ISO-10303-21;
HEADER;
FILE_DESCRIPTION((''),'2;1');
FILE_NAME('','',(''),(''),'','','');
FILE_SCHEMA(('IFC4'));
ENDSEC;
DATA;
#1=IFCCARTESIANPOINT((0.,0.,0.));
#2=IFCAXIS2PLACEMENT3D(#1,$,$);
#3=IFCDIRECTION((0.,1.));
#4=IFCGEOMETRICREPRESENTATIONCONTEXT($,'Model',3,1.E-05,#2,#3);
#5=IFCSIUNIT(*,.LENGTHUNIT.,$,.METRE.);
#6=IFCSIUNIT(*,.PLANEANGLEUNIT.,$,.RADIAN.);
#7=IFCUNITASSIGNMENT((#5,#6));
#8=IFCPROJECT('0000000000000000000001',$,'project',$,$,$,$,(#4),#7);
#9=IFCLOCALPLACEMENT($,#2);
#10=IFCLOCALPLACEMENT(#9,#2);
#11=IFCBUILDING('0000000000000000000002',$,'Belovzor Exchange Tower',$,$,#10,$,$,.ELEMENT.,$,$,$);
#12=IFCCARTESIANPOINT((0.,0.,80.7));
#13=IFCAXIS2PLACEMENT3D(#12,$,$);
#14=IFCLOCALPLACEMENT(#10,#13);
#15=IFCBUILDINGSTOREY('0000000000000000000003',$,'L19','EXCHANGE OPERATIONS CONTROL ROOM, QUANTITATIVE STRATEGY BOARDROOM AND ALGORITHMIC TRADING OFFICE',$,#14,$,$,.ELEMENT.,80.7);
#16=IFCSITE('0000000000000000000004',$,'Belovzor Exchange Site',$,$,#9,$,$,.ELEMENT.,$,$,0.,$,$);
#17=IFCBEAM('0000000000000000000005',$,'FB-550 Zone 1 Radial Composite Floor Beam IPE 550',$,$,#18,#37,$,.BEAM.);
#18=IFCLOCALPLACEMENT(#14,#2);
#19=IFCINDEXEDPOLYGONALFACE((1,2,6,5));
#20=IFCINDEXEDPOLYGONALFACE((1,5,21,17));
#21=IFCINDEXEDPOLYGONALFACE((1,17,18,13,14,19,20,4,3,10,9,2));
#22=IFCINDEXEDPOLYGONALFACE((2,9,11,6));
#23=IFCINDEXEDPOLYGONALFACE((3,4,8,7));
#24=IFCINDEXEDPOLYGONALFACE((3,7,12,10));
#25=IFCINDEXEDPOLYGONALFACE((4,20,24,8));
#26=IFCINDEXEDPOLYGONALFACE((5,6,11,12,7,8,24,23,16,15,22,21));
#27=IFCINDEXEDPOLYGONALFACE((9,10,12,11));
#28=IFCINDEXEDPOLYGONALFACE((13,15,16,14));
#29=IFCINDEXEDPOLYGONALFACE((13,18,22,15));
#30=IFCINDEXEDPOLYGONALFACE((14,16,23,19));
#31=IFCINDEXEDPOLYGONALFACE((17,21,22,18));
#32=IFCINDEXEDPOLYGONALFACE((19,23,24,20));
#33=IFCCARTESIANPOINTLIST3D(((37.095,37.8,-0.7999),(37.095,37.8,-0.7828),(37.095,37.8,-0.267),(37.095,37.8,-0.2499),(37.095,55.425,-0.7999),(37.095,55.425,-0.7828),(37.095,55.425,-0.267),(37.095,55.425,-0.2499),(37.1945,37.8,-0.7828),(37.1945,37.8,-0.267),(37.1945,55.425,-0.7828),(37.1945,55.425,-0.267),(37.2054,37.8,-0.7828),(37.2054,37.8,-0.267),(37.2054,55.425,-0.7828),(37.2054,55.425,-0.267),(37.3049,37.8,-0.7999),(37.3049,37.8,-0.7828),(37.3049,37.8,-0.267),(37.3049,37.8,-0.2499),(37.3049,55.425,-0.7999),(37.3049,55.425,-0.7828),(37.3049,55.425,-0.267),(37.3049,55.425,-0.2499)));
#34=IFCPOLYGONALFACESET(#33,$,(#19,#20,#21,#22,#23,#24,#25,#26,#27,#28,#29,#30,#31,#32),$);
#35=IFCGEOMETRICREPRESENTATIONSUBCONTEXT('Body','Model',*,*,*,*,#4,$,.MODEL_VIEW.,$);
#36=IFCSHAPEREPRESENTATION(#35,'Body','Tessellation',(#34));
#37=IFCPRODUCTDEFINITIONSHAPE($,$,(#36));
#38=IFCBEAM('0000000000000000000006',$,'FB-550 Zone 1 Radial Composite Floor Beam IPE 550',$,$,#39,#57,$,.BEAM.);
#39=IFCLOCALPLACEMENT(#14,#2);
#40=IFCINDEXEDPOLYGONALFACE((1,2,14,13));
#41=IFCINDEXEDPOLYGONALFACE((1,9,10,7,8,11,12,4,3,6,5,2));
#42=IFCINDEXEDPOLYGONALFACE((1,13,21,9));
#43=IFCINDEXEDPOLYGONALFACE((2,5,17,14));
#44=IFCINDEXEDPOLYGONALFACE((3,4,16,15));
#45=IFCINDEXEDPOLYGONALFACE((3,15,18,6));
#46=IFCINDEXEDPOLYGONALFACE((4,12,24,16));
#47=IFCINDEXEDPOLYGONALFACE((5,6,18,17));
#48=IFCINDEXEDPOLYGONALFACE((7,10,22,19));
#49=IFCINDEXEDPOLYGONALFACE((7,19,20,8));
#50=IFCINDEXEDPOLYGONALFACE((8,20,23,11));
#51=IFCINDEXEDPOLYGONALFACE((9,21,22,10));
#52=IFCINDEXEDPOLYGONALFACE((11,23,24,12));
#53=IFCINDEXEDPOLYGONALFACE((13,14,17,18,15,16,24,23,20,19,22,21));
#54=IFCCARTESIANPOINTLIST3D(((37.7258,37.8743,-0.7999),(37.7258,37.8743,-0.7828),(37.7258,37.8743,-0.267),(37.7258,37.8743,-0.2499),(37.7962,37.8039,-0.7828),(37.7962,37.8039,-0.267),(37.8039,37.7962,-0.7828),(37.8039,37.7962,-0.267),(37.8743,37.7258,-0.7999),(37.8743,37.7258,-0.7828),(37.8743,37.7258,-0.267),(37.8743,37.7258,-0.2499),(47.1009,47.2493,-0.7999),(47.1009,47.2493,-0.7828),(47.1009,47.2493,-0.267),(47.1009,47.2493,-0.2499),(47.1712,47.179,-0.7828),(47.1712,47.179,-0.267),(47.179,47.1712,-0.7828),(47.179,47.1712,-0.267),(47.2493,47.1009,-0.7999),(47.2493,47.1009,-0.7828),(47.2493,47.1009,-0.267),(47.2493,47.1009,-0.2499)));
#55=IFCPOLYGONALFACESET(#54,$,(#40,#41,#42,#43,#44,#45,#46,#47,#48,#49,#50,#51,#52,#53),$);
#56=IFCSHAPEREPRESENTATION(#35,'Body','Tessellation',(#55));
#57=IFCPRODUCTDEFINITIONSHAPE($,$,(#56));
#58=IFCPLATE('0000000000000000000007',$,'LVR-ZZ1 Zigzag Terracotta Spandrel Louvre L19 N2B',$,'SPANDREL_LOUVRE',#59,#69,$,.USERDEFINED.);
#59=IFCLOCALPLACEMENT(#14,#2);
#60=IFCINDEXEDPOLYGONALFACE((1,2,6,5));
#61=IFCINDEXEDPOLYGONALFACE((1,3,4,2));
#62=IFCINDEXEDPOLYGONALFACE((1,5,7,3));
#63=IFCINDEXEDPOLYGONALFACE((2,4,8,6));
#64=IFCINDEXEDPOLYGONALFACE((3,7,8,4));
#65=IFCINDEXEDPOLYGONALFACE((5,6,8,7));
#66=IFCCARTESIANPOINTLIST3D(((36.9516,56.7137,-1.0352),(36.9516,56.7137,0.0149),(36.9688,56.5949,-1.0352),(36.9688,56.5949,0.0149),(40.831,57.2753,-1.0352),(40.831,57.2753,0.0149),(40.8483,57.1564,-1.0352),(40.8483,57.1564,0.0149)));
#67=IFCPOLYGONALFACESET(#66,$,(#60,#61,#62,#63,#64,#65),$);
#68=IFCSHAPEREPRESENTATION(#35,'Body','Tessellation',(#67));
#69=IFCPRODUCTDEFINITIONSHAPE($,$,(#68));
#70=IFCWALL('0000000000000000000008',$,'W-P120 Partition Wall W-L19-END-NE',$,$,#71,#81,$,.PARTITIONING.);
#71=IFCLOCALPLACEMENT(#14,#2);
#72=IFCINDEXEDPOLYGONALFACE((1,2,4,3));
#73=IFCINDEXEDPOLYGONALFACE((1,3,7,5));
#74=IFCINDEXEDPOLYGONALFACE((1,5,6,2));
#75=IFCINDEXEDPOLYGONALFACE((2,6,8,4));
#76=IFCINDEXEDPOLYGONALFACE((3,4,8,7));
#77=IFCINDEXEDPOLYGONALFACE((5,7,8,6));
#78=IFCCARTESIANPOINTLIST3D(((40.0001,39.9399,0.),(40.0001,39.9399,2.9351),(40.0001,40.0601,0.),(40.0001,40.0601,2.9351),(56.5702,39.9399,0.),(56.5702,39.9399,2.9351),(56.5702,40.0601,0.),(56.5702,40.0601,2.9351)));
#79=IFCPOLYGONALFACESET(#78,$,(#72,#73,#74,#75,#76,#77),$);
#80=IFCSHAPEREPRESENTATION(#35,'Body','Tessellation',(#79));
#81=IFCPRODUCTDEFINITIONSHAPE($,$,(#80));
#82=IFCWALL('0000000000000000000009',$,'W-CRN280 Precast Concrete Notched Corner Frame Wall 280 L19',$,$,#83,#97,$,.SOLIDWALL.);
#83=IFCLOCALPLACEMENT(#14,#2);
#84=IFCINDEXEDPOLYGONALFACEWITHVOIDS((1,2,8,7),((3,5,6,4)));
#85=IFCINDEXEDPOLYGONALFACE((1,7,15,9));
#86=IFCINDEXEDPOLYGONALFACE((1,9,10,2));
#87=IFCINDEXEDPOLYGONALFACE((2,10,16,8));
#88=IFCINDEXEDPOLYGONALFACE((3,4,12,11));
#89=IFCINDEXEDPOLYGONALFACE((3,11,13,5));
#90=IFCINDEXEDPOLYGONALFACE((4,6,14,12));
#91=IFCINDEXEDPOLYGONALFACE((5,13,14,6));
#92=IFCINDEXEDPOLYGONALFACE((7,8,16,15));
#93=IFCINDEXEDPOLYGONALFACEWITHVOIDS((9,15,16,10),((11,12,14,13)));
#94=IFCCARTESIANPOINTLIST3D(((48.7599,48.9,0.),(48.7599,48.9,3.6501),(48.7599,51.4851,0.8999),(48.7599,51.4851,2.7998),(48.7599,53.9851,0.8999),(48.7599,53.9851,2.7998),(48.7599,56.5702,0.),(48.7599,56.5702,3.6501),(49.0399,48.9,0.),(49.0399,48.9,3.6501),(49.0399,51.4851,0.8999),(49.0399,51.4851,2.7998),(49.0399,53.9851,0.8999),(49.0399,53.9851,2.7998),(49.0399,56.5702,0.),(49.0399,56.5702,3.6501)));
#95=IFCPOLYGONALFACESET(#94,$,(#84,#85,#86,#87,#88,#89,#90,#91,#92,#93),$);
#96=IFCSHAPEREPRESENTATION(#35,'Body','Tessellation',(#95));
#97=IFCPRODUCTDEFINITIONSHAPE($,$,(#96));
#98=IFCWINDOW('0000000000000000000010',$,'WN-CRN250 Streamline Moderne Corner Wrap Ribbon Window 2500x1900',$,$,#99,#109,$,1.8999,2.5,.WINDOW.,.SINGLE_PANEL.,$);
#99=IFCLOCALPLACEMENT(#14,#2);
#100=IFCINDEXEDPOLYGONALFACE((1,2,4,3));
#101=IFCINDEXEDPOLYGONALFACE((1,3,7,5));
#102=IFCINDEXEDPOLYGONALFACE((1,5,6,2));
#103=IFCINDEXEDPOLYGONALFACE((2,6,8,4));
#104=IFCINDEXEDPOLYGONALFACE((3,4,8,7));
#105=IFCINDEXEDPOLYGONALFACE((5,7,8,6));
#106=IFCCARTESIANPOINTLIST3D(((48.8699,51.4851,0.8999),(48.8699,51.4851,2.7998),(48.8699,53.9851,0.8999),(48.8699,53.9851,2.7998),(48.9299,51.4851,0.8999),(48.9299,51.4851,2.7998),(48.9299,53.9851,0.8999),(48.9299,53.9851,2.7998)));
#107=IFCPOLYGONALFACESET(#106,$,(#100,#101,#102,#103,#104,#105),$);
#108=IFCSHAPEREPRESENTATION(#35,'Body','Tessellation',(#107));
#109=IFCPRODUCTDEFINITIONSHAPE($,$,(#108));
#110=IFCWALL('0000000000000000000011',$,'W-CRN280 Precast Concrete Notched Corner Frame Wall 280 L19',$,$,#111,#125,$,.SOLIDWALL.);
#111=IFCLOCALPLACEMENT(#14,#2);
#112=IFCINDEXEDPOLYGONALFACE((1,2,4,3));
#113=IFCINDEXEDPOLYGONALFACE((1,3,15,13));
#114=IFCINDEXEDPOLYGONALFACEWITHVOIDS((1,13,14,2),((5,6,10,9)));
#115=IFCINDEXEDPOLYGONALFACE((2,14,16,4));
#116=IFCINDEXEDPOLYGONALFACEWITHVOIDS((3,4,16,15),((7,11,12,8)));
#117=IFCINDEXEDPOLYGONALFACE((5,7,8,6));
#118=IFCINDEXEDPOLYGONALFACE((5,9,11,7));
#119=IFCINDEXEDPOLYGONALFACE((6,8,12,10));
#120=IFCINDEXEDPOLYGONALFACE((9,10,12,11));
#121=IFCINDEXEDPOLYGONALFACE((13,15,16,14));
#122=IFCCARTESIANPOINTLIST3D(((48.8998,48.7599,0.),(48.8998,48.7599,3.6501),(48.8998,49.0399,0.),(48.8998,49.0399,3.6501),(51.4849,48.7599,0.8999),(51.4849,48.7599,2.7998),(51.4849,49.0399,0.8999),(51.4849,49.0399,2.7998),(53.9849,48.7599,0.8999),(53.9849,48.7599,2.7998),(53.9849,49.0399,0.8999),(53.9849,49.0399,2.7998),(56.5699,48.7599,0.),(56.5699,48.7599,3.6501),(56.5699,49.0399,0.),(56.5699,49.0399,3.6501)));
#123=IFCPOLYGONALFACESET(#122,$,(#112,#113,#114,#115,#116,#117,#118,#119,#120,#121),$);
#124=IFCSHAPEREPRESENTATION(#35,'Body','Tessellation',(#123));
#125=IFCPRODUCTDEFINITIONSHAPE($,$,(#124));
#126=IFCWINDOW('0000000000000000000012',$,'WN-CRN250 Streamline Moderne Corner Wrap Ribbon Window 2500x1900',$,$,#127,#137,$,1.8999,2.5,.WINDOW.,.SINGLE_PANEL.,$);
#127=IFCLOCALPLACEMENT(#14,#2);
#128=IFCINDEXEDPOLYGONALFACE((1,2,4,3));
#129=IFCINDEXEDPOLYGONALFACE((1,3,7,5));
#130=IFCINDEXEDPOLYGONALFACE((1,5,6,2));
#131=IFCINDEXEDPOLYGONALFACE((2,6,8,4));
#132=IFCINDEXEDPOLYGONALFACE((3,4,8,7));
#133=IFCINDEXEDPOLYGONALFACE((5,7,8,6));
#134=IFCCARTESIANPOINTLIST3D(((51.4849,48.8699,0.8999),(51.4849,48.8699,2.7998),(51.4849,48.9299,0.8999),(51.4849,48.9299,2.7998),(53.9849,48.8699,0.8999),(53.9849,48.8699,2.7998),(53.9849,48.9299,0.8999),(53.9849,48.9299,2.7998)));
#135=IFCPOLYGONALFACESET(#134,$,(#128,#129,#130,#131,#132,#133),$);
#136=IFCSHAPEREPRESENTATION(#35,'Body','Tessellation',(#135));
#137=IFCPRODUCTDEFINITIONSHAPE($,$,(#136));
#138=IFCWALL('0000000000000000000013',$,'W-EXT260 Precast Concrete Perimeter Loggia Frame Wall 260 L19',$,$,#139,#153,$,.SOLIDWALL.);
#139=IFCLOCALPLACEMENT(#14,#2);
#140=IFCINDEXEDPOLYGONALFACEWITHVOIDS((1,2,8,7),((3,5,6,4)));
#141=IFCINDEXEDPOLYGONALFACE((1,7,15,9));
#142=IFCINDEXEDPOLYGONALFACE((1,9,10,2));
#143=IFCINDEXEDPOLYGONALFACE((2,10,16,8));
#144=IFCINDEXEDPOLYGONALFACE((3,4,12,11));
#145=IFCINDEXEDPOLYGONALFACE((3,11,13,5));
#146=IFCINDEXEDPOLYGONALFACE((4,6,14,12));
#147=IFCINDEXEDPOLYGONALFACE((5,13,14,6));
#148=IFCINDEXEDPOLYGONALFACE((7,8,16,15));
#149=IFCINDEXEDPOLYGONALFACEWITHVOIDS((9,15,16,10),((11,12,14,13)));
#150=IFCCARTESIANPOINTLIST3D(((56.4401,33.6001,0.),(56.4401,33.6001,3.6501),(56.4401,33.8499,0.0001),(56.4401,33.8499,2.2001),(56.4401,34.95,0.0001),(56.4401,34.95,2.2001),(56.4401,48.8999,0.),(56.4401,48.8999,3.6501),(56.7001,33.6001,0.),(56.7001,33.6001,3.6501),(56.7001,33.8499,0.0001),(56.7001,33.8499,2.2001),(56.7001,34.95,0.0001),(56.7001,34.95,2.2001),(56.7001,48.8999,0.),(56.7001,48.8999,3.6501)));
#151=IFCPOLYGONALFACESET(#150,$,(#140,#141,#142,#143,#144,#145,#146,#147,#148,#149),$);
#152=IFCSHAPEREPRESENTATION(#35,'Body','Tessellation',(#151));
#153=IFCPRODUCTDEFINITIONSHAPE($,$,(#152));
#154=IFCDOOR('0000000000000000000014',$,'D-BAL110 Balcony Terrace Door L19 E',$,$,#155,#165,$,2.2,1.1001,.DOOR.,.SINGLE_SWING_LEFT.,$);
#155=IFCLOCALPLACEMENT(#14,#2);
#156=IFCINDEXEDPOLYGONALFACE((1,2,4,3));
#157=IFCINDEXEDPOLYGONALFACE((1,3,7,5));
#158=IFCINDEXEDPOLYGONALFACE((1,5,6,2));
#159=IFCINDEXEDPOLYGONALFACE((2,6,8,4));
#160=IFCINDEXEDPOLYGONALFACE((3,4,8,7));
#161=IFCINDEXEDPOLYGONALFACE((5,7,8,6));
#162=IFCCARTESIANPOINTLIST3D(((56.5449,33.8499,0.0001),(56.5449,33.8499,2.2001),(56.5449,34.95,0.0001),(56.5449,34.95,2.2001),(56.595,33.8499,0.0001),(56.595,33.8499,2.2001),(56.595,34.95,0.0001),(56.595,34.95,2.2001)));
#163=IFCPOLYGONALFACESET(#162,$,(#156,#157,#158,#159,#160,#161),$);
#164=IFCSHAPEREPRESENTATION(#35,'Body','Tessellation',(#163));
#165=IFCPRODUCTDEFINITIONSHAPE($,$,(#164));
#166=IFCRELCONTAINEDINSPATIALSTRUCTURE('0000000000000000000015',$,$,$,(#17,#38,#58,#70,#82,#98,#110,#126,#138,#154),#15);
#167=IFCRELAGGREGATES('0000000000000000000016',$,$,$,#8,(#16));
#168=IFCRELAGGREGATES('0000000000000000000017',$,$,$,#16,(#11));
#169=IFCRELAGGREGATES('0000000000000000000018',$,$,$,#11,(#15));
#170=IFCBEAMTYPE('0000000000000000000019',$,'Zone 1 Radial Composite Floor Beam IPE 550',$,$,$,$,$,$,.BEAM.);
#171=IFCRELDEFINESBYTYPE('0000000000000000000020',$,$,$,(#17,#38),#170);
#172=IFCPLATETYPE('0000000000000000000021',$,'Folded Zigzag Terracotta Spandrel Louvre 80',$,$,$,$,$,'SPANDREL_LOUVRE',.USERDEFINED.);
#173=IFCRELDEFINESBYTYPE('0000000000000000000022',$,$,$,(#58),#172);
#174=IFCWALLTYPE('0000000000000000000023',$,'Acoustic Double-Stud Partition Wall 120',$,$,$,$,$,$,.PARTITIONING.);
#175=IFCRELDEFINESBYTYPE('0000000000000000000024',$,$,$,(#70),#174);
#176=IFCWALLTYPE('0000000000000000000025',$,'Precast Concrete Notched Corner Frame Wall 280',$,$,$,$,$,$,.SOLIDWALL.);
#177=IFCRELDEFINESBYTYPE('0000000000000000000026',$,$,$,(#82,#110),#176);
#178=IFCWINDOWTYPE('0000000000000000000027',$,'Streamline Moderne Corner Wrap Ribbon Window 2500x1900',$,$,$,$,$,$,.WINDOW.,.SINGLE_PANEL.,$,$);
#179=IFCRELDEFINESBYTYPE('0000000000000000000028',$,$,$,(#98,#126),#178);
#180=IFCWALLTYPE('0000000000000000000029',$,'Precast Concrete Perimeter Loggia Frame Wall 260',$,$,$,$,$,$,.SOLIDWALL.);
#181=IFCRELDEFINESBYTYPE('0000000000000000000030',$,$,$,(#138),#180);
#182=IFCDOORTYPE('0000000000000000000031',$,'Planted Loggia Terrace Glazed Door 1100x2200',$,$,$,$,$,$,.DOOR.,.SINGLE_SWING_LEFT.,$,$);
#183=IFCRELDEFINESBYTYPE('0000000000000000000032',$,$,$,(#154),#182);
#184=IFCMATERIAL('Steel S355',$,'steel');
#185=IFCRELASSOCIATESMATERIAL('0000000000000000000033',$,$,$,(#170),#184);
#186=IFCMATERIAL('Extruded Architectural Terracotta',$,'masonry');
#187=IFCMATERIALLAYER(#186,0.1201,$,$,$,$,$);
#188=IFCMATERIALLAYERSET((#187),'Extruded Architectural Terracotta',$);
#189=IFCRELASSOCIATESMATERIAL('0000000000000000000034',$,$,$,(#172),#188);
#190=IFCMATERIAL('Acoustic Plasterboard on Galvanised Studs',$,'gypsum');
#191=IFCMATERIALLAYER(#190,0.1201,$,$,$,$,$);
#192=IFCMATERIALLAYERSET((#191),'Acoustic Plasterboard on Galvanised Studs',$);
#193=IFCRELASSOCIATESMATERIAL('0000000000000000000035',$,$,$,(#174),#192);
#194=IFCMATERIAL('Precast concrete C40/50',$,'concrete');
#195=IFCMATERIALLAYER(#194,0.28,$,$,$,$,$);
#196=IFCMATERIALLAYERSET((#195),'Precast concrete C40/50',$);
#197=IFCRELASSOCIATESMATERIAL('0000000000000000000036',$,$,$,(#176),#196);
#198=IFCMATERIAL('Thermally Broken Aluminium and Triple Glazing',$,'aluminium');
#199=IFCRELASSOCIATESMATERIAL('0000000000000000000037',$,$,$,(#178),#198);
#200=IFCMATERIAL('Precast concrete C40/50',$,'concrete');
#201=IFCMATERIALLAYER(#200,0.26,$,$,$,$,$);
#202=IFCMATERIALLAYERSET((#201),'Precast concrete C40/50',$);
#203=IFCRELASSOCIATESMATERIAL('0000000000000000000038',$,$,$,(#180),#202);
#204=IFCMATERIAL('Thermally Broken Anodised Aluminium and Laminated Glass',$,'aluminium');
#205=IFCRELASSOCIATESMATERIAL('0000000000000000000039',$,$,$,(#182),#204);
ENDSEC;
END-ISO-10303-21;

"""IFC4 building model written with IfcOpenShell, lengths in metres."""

from ifc_helpers import new_model, si_unit, direction, frame, frame_2d, origin, origin_2d, place, context, subcontext, project, spatial, rectangle, i_section, extrude, material, layer, layer_set, material_profile, profile_set, type_object, element, fill, save


model = new_model("IFC4")

# Units and contexts
model_context = context("Model", 3, precision=1e-05, world=origin(), true_north=direction((0.0, 1.0)))
body_context = subcontext(model_context, "Body", "Model", "MODEL_VIEW")
ifc_project = project(units=[si_unit("LENGTHUNIT", "METRE"), si_unit("PLANEANGLEUNIT", "RADIAN")], contexts=[model_context])

# Site, building, storey
site_placement = place(None, origin())
site = spatial("IfcSite", under=ifc_project, at=site_placement, Name="Belovzor Exchange Site", CompositionType="ELEMENT", RefElevation=0.0)
building_placement = place(site_placement, origin())
building = spatial("IfcBuilding", under=site, at=building_placement, Name="Belovzor Exchange Tower", CompositionType="ELEMENT")
storey_placement = place(building_placement, frame((0.0, 0.0, 80.7)))
storey = spatial("IfcBuildingStorey", under=building, at=storey_placement, Name="L19", Description="EXCHANGE OPERATIONS CONTROL ROOM, QUANTITATIVE STRATEGY BOARDROOM AND ALGORITHMIC TRADING OFFICE", CompositionType="ELEMENT", Elevation=80.7)

# Beams
ifc_material_1 = material(Name="Steel S355", Category="steel")
ifc_material_profile_1 = material_profile(ifc_material_1, i_section(OverallWidth=0.21, OverallDepth=0.55, WebThickness=0.011, FlangeThickness=0.0171, at=origin_2d()))
ifc_profile_set_1 = profile_set([ifc_material_profile_1], Name="Steel S355")
beam_type_1 = type_object("IfcBeamType", Name="Zone 1 Radial Composite Floor Beam IPE 550", PredefinedType="BEAM", material=ifc_profile_set_1)
beam_1_placement = place(storey_placement, frame((37.2, 37.8, -0.5249), z_axis=(0.0, 1.0, 0.0), x_axis=(-1.0, 0.0, 0.0)))
element("IfcBeam", 1, at=beam_1_placement, inside=storey, type_object=beam_type_1, Name="FB-550 Zone 1 Radial Composite Floor Beam IPE 550", PredefinedType="BEAM", context=body_context, shape_type="SweptSolid", body=[
    extrude(i_section(OverallWidth=0.21, OverallDepth=0.55, WebThickness=0.011, FlangeThickness=0.0171, at=origin_2d()), origin(), (0.0, 0.0, 1.0), 17.625),
])
beam_2_placement = place(storey_placement, frame((37.8, 37.8, -0.5249), z_axis=(0.707107, 0.707107, 0.0), x_axis=(-0.707107, 0.707107, 0.0)))
element("IfcBeam", 2, at=beam_2_placement, inside=storey, type_object=beam_type_1, Name="FB-550 Zone 1 Radial Composite Floor Beam IPE 550", PredefinedType="BEAM", context=body_context, shape_type="SweptSolid", body=[
    extrude(i_section(OverallWidth=0.21, OverallDepth=0.55, WebThickness=0.011, FlangeThickness=0.0171, at=origin_2d()), origin(), (0.0, 0.0, 1.0), 13.2583),
])

# Plate
ifc_material_2 = material(Name="Extruded Architectural Terracotta", Category="masonry")
ifc_layer_1 = layer(ifc_material_2, 0.1201)
ifc_layer_set_1 = layer_set([ifc_layer_1], Name="Extruded Architectural Terracotta")
plate_type = type_object("IfcPlateType", Name="Folded Zigzag Terracotta Spandrel Louvre 80", ElementType="SPANDREL_LOUVRE", PredefinedType="USERDEFINED", material=ifc_layer_set_1)
plate_placement = place(storey_placement, frame((38.8999, 56.9351, -1.0352), z_axis=(0.0, 0.0, 1.0), x_axis=(0.989686, 0.143251, 0.0)))
element("IfcPlate", 3, at=plate_placement, inside=storey, type_object=plate_type, Name="LVR-ZZ1 Zigzag Terracotta Spandrel Louvre L19 N2B", ObjectType="SPANDREL_LOUVRE", PredefinedType="USERDEFINED", context=body_context, shape_type="SweptSolid", body=[
    extrude(rectangle(XDim=3.9199, YDim=0.1201, at=origin_2d()), origin(), (0.0, 0.0, 1.0), 1.05),
])

# Wall
ifc_material_3 = material(Name="Acoustic Plasterboard on Galvanised Studs", Category="gypsum")
ifc_layer_2 = layer(ifc_material_3, 0.1201)
ifc_layer_set_2 = layer_set([ifc_layer_2], Name="Acoustic Plasterboard on Galvanised Studs")
wall_type_1 = type_object("IfcWallType", Name="Acoustic Double-Stud Partition Wall 120", PredefinedType="PARTITIONING", material=ifc_layer_set_2)
wall_1_placement = place(storey_placement, frame((40.0, 40.0, 0.0), z_axis=(0.0, 0.0, 1.0), x_axis=(1.0, 0.0, 0.0)))
element("IfcWall", 4, at=wall_1_placement, inside=storey, type_object=wall_type_1, Name="W-P120 Partition Wall W-L19-END-NE", PredefinedType="PARTITIONING", context=body_context, shape_type="SweptSolid", body=[
    extrude(rectangle(XDim=16.5701, YDim=0.1201, at=frame_2d((8.2852, 0.0))), origin(), (0.0, 0.0, 1.0), 2.9351),
])

# Walls, openings, windows
ifc_material_4 = material(Name="Precast concrete C40/50", Category="concrete")
ifc_layer_3 = layer(ifc_material_4, 0.28)
ifc_layer_set_3 = layer_set([ifc_layer_3], Name="Precast concrete C40/50")
wall_type_2 = type_object("IfcWallType", Name="Precast Concrete Notched Corner Frame Wall 280", PredefinedType="SOLIDWALL", material=ifc_layer_set_3)
wall_2_placement = place(storey_placement, frame((48.8999, 56.5701, 0.0), z_axis=(0.0, 0.0, 1.0), x_axis=(0.0, -1.0, 0.0)))
wall_2 = element("IfcWall", 5, at=wall_2_placement, inside=storey, type_object=wall_type_2, Name="W-CRN280 Precast Concrete Notched Corner Frame Wall 280 L19", PredefinedType="SOLIDWALL", context=body_context, shape_type="SweptSolid", body=[
    extrude(rectangle(XDim=7.6702, YDim=0.28, at=frame_2d((3.835, 0.0))), origin(), (0.0, 0.0, 1.0), 3.6501),
])
opening_1_placement = place(wall_2_placement, frame((2.585, 0.0, 0.8999)))
opening_1 = element("IfcOpeningElement", 6, at=opening_1_placement, cuts=wall_2, PredefinedType="OPENING", context=body_context, shape_type="SweptSolid", body=[
    extrude(rectangle(XDim=2.5, YDim=1.8999, at=frame_2d((1.25, 0.95))), frame((0.0, 0.1499, 0.0), z_axis=(0.0, -1.0, 0.0), x_axis=(1.0, 0.0, 0.0)), (0.0, 0.0, 1.0), 0.3),
])
ifc_material_5 = material(Name="Thermally Broken Aluminium and Triple Glazing", Category="aluminium")
window_type = type_object("IfcWindowType", Name="Streamline Moderne Corner Wrap Ribbon Window 2500x1900", PartitioningType="SINGLE_PANEL", PredefinedType="WINDOW", material=ifc_material_5)
window_1_placement = place(opening_1_placement, origin())
window_1 = element("IfcWindow", 7, at=window_1_placement, inside=storey, type_object=window_type, Name="WN-CRN250 Streamline Moderne Corner Wrap Ribbon Window 2500x1900", OverallHeight=1.8999, OverallWidth=2.5, PartitioningType="SINGLE_PANEL", PredefinedType="WINDOW", context=body_context, shape_type="SweptSolid", body=[
    extrude(rectangle(XDim=2.5, YDim=1.8999, at=frame_2d((1.25, 0.95))), frame((0.0, 0.03, 0.0), z_axis=(0.0, -1.0, 0.0), x_axis=(1.0, 0.0, 0.0)), (0.0, 0.0, 1.0), 0.0601),
])
fill(opening_1, window_1)
wall_3_placement = place(storey_placement, frame((48.8999, 48.8999, 0.0), z_axis=(0.0, 0.0, 1.0), x_axis=(1.0, 0.0, 0.0)))
wall_3 = element("IfcWall", 8, at=wall_3_placement, inside=storey, type_object=wall_type_2, Name="W-CRN280 Precast Concrete Notched Corner Frame Wall 280 L19", PredefinedType="SOLIDWALL", context=body_context, shape_type="SweptSolid", body=[
    extrude(rectangle(XDim=7.6702, YDim=0.28, at=frame_2d((3.835, 0.0))), origin(), (0.0, 0.0, 1.0), 3.6501),
])
opening_2_placement = place(wall_3_placement, frame((2.585, 0.0, 0.8999)))
opening_2 = element("IfcOpeningElement", 9, at=opening_2_placement, cuts=wall_3, PredefinedType="OPENING", context=body_context, shape_type="SweptSolid", body=[
    extrude(rectangle(XDim=2.5, YDim=1.8999, at=frame_2d((1.25, 0.95))), frame((0.0, 0.1499, 0.0), z_axis=(0.0, -1.0, 0.0), x_axis=(1.0, 0.0, 0.0)), (0.0, 0.0, 1.0), 0.3),
])
window_2_placement = place(opening_2_placement, origin())
window_2 = element("IfcWindow", 10, at=window_2_placement, inside=storey, type_object=window_type, Name="WN-CRN250 Streamline Moderne Corner Wrap Ribbon Window 2500x1900", OverallHeight=1.8999, OverallWidth=2.5, PartitioningType="SINGLE_PANEL", PredefinedType="WINDOW", context=body_context, shape_type="SweptSolid", body=[
    extrude(rectangle(XDim=2.5, YDim=1.8999, at=frame_2d((1.25, 0.95))), frame((0.0, 0.03, 0.0), z_axis=(0.0, -1.0, 0.0), x_axis=(1.0, 0.0, 0.0)), (0.0, 0.0, 1.0), 0.0601),
])
fill(opening_2, window_2)

# Wall, opening, door
ifc_material_6 = material(Name="Precast concrete C40/50", Category="concrete")
ifc_layer_4 = layer(ifc_material_6, 0.26)
ifc_layer_set_4 = layer_set([ifc_layer_4], Name="Precast concrete C40/50")
wall_type_3 = type_object("IfcWallType", Name="Precast Concrete Perimeter Loggia Frame Wall 260", PredefinedType="SOLIDWALL", material=ifc_layer_set_4)
wall_4_placement = place(storey_placement, frame((56.5701, 48.8999, 0.0), z_axis=(0.0, 0.0, 1.0), x_axis=(0.0, -1.0, 0.0)))
wall_4 = element("IfcWall", 11, at=wall_4_placement, inside=storey, type_object=wall_type_3, Name="W-EXT260 Precast Concrete Perimeter Loggia Frame Wall 260 L19", PredefinedType="SOLIDWALL", context=body_context, shape_type="SweptSolid", body=[
    extrude(rectangle(XDim=15.2998, YDim=0.26, at=frame_2d((7.6499, 0.0))), origin(), (0.0, 0.0, 1.0), 3.6501),
])
opening_3_placement = place(wall_4_placement, frame((13.95, 0.0, 0.0)))
opening_3 = element("IfcOpeningElement", 12, at=opening_3_placement, cuts=wall_4, PredefinedType="OPENING", context=body_context, shape_type="SweptSolid", body=[
    extrude(rectangle(XDim=1.1001, YDim=2.2, at=frame_2d((0.55, 1.1001))), frame((0.0, 0.1399, 0.0), z_axis=(0.0, -1.0, 0.0), x_axis=(1.0, 0.0, 0.0)), (0.0, 0.0, 1.0), 0.28),
])
ifc_material_7 = material(Name="Thermally Broken Anodised Aluminium and Laminated Glass", Category="aluminium")
door_type = type_object("IfcDoorType", Name="Planted Loggia Terrace Glazed Door 1100x2200", OperationType="SINGLE_SWING_LEFT", PredefinedType="DOOR", material=ifc_material_7)
door_placement = place(opening_3_placement, origin())
door = element("IfcDoor", 13, at=door_placement, inside=storey, type_object=door_type, Name="D-BAL110 Balcony Terrace Door L19 E", OperationType="SINGLE_SWING_LEFT", OverallHeight=2.2, OverallWidth=1.1001, PredefinedType="DOOR", context=body_context, shape_type="SweptSolid", body=[
    extrude(rectangle(XDim=1.1001, YDim=2.2, at=frame_2d((0.55, 1.1001))), frame((0.0, 0.0249, 0.0), z_axis=(0.0, -1.0, 0.0), x_axis=(1.0, 0.0, 0.0)), (0.0, 0.0, 1.0), 0.05),
])
fill(opening_3, door)

save(model, "model.ifc")
